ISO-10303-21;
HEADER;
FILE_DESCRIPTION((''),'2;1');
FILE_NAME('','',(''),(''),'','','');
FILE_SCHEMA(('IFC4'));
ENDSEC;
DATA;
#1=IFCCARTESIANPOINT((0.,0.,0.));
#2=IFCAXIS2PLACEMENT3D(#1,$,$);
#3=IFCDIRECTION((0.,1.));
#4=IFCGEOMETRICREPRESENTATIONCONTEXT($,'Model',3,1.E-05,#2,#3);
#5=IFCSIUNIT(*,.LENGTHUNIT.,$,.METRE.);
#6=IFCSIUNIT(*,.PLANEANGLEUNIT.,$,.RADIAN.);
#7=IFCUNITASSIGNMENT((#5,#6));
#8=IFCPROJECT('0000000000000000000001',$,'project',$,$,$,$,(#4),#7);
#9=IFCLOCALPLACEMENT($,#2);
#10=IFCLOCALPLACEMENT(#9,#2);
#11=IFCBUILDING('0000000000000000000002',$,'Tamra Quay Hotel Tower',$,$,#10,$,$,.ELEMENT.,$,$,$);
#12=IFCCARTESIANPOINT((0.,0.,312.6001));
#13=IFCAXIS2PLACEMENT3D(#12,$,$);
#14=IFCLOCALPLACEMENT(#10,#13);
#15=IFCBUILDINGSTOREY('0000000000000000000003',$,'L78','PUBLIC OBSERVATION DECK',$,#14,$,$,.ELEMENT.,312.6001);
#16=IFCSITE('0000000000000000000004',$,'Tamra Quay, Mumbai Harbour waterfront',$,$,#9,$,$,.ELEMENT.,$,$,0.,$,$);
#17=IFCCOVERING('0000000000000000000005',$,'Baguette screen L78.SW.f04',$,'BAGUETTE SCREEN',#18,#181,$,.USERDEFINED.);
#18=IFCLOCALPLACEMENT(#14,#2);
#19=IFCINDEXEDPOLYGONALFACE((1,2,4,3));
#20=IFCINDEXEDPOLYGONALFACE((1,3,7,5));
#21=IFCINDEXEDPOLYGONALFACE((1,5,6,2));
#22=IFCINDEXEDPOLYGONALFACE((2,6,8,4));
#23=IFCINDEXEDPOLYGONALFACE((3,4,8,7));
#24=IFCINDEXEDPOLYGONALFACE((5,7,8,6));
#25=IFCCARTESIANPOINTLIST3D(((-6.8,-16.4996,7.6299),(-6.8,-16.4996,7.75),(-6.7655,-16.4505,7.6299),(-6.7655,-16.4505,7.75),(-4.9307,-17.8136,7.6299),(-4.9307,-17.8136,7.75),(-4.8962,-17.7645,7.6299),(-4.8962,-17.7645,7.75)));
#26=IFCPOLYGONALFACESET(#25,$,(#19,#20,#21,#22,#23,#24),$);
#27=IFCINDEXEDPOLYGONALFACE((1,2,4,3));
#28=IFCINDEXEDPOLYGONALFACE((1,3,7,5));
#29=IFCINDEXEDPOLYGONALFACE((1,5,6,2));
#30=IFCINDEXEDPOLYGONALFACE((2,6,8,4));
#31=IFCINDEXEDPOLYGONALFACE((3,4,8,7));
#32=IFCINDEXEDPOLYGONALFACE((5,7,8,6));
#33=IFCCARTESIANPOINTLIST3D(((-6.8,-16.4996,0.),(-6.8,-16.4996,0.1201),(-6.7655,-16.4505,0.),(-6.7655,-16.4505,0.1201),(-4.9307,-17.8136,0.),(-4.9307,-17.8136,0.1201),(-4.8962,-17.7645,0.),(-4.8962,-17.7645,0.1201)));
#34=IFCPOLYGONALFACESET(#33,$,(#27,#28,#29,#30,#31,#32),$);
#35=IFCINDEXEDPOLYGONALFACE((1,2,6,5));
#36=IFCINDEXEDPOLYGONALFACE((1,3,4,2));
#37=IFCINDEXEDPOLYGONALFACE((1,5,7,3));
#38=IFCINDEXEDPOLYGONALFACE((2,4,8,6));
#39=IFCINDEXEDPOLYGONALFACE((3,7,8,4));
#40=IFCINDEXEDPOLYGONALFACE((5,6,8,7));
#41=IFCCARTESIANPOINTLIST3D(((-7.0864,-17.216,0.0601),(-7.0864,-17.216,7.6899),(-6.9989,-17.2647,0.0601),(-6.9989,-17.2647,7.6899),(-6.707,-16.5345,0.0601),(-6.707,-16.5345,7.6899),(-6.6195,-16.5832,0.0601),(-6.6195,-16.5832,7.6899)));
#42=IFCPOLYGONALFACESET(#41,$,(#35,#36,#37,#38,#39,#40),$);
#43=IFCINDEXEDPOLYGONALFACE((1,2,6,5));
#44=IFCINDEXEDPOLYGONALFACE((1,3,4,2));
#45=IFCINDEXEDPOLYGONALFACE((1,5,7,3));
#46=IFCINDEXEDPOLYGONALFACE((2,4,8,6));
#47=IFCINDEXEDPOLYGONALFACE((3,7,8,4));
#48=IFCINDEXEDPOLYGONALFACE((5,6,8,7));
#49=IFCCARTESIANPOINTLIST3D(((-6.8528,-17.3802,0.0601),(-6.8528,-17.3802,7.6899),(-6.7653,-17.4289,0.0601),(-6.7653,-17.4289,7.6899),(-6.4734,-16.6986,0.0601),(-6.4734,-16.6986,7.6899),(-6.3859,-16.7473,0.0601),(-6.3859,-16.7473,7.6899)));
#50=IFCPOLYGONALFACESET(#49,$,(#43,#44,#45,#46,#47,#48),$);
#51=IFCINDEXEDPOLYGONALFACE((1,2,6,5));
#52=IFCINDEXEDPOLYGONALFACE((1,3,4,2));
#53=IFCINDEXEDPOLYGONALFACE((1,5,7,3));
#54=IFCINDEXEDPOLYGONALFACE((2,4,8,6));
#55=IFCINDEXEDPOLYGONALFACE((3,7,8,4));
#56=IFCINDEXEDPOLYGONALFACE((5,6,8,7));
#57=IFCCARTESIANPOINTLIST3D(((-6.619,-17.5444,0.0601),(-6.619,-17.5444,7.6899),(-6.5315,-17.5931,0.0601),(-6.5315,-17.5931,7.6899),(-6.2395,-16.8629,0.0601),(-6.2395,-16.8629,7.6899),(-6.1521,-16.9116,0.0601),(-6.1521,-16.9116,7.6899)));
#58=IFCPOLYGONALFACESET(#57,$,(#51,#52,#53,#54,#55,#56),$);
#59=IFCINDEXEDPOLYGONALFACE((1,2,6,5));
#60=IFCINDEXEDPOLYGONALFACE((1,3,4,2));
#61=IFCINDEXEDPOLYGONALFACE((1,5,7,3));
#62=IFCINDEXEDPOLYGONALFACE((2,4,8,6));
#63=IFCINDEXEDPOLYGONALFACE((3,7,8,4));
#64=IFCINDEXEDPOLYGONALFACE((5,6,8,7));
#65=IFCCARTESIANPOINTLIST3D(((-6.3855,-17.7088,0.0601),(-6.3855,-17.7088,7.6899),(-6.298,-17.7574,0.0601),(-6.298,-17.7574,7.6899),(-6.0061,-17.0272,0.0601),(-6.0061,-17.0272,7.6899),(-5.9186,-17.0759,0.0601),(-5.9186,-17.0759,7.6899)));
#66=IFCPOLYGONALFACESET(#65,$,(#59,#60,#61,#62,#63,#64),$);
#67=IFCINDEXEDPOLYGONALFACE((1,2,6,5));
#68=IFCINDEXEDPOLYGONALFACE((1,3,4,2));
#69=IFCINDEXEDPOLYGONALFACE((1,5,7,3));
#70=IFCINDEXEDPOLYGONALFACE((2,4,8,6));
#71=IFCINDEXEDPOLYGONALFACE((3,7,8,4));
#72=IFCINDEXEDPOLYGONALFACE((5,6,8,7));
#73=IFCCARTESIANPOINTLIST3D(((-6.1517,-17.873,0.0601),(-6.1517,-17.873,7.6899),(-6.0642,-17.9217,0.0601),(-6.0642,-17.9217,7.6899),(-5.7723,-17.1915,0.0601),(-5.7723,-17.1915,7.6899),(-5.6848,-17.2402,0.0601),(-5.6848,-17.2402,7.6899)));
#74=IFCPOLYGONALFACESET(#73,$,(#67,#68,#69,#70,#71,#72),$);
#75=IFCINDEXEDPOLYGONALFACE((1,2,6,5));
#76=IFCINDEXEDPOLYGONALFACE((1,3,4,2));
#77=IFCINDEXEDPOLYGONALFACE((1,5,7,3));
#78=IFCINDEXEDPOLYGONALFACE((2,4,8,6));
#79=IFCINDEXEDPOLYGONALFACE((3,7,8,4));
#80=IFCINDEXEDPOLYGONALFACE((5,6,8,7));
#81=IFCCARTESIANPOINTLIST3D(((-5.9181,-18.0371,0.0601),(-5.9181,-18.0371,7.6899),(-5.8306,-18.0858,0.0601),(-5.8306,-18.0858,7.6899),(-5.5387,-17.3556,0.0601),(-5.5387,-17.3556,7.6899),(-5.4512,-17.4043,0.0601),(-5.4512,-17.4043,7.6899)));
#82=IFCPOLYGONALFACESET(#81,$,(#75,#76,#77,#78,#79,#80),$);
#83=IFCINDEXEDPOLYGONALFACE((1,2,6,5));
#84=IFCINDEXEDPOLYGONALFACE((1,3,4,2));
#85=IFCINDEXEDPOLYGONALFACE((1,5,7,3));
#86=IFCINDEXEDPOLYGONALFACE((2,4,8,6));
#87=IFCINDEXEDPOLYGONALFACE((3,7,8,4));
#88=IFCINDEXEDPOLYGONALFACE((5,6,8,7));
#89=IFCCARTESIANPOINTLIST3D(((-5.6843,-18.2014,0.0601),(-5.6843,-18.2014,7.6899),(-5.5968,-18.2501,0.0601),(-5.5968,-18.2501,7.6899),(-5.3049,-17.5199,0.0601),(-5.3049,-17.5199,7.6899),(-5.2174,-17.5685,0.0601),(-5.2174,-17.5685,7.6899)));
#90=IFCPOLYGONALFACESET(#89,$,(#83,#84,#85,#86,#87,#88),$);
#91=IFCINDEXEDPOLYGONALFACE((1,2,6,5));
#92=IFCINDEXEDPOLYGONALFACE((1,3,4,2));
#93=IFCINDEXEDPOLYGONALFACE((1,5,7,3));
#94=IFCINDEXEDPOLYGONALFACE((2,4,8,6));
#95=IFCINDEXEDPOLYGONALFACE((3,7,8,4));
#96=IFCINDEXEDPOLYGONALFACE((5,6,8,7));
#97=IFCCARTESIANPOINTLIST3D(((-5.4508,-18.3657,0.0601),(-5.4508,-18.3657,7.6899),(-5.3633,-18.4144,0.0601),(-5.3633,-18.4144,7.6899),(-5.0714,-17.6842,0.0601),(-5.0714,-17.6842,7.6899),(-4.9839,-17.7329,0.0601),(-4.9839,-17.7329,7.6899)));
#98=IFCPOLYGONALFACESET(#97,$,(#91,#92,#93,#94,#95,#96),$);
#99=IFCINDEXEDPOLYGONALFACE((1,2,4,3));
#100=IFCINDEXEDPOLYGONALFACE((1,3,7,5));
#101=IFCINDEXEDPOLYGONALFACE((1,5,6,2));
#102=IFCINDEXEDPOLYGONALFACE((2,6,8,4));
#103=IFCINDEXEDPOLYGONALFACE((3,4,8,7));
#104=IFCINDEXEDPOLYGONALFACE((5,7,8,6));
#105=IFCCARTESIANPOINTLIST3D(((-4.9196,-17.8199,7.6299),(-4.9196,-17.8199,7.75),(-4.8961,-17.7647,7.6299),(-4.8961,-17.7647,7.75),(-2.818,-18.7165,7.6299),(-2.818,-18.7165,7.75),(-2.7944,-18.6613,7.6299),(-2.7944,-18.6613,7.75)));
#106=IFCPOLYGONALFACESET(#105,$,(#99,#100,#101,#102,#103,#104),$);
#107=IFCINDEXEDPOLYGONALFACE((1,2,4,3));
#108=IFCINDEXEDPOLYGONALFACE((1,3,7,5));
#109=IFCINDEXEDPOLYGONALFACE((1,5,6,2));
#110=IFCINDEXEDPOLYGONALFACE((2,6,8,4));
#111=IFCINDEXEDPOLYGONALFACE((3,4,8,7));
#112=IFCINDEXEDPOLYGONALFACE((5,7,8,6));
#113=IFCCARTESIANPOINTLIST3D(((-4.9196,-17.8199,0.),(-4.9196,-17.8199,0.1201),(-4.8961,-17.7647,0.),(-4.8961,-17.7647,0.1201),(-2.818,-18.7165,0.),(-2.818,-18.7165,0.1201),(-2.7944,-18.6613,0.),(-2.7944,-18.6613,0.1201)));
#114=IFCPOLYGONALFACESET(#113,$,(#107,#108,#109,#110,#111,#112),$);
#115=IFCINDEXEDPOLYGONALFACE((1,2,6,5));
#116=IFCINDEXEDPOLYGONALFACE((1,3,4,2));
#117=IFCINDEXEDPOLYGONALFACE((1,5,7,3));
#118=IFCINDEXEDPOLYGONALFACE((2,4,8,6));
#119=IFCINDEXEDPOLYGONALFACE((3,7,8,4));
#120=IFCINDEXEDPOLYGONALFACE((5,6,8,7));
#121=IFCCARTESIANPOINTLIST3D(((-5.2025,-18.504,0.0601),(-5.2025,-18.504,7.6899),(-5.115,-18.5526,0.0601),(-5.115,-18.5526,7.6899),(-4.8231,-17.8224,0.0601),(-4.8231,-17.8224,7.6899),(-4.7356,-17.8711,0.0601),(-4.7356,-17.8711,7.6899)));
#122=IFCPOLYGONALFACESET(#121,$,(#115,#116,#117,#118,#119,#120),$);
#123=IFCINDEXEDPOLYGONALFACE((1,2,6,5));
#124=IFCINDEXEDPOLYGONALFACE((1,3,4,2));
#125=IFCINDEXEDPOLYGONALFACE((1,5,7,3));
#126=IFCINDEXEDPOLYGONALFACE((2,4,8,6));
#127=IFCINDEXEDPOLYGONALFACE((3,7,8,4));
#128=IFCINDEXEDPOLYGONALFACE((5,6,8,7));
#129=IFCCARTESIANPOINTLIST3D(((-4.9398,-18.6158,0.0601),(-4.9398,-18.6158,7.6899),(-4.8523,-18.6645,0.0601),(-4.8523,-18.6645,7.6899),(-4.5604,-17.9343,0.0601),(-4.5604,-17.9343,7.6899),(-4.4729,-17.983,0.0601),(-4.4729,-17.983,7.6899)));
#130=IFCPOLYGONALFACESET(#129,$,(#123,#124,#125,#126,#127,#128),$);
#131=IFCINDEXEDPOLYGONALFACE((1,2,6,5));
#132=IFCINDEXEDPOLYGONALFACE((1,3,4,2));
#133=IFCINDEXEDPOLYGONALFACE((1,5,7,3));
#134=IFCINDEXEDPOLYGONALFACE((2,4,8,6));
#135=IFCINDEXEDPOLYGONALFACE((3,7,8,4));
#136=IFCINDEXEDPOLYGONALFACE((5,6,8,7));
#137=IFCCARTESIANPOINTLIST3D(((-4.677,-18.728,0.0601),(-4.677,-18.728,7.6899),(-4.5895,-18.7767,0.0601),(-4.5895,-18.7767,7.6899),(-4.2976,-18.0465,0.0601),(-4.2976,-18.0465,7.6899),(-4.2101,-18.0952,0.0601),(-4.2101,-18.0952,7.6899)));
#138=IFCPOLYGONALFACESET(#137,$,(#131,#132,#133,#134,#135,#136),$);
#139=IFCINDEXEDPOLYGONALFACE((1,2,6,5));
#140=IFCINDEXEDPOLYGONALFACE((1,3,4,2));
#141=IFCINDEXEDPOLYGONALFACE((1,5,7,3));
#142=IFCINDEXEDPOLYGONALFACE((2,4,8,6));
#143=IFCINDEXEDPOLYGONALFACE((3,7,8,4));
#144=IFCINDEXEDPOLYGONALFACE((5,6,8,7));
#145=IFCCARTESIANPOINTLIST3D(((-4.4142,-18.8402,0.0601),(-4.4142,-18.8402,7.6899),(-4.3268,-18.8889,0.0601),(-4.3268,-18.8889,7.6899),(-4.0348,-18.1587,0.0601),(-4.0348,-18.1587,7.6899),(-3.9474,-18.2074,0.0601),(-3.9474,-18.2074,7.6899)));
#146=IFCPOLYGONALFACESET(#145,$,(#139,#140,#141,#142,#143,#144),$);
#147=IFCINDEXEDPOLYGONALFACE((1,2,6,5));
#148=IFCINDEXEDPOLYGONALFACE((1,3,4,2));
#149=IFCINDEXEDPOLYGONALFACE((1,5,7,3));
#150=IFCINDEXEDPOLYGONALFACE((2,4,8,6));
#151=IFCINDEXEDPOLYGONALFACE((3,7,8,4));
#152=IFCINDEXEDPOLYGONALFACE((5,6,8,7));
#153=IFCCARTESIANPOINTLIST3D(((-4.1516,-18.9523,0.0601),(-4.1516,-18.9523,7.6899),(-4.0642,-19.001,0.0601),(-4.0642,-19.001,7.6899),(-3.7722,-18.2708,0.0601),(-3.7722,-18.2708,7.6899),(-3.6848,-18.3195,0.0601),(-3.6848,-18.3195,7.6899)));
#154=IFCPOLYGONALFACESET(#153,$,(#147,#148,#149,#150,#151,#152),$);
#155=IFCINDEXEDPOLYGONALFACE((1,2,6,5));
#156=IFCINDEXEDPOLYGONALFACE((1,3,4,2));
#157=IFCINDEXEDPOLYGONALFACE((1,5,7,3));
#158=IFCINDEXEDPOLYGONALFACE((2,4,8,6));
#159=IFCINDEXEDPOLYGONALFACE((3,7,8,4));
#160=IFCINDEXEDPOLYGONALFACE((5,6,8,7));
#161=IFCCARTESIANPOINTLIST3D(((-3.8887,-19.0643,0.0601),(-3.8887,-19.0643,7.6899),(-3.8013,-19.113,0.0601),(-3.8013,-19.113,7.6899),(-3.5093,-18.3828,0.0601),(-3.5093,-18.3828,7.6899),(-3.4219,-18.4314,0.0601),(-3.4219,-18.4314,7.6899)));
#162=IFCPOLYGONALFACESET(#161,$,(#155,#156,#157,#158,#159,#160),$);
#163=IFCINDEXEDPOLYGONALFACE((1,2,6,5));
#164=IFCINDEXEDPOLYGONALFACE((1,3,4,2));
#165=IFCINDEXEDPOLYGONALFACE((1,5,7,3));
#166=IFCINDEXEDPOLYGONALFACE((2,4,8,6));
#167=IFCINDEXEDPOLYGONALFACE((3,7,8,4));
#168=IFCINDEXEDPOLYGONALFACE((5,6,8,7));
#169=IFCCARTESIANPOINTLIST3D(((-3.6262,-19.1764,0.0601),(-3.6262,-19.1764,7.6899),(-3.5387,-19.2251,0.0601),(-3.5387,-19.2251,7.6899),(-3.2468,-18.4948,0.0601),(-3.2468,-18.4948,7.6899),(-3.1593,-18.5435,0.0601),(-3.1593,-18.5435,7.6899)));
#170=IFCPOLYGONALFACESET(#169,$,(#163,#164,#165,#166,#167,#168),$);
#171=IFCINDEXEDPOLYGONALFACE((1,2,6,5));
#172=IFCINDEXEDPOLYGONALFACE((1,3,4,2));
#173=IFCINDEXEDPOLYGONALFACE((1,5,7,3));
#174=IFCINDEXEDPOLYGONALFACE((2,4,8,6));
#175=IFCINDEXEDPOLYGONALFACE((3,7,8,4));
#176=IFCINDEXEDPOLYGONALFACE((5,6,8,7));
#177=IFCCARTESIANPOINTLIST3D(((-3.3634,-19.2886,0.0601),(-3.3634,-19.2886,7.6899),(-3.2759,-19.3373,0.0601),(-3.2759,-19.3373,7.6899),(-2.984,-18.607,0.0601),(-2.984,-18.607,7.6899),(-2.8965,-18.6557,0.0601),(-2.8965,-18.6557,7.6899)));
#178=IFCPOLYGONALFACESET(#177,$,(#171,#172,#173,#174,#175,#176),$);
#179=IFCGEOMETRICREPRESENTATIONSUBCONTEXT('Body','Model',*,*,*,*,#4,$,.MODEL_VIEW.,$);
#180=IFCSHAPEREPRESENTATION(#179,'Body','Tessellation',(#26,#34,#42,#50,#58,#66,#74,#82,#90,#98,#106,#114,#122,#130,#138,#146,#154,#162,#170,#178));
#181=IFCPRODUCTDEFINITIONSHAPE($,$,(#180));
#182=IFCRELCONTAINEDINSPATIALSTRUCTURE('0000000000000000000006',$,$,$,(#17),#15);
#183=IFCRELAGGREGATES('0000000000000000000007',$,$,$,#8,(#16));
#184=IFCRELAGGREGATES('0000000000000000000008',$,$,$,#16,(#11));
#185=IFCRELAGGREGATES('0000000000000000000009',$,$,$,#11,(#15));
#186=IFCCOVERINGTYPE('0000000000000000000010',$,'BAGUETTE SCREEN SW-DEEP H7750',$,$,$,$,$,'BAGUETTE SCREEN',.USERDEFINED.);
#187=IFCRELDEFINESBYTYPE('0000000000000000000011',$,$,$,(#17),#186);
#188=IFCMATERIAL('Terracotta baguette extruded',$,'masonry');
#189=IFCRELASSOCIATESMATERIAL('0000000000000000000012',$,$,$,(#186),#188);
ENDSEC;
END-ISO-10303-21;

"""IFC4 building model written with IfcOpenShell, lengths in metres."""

from ifc_helpers import new_model, si_unit, direction, frame, frame_2d, origin, place, context, subcontext, project, spatial, rectangle, extrude, source, transform, mapped, material, type_object, element, save


model = new_model("IFC4")

# Units and contexts
model_context = context("Model", 3, precision=1e-05, world=origin(), true_north=direction((0.0, 1.0)))
body_context = subcontext(model_context, "Body", "Model", "MODEL_VIEW")
ifc_project = project(units=[si_unit("LENGTHUNIT", "METRE"), si_unit("PLANEANGLEUNIT", "RADIAN")], contexts=[model_context])

# Site, building, storey
site_placement = place(None, origin())
site = spatial("IfcSite", under=ifc_project, at=site_placement, Name="Tamra Quay, Mumbai Harbour waterfront", CompositionType="ELEMENT", RefElevation=0.0)
building_placement = place(site_placement, origin())
building = spatial("IfcBuilding", under=site, at=building_placement, Name="Tamra Quay Hotel Tower", CompositionType="ELEMENT")
storey_placement = place(building_placement, frame((0.0, 0.0, 312.6001)))
storey = spatial("IfcBuildingStorey", under=building, at=storey_placement, Name="L78", Description="PUBLIC OBSERVATION DECK", CompositionType="ELEMENT", Elevation=312.6001)

# Covering
ifc_material_1 = material(Name="Terracotta baguette extruded", Category="masonry")
covering_type_1 = type_object("IfcCoveringType", Name="BAGUETTE SCREEN SW-DEEP H7750", ElementType="BAGUETTE SCREEN", PredefinedType="USERDEFINED", material=ifc_material_1)
shared_shape_1 = source(origin(), body_context, "Body", "SweptSolid", [
    extrude(rectangle(XDim=2.2849, YDim=0.0601, at=frame_2d((1.1426, 0.03))), frame((-2.2788, -0.0576, -0.1201), z_axis=(0.0, 0.0, 1.0), x_axis=(0.994522, -0.104528, 0.0)), (0.0, 0.0, 1.0), 0.1201),
    extrude(rectangle(XDim=2.2849, YDim=0.0601, at=frame_2d((1.1426, 0.03))), frame((-2.2788, -0.0576, -7.75), z_axis=(0.0, 0.0, 1.0), x_axis=(0.994522, -0.104528, 0.0)), (0.0, 0.0, 1.0), 0.1201),
    extrude(rectangle(XDim=0.1001, YDim=0.78, at=frame_2d((0.05, 0.3901))), frame((-2.1804, -0.823, -7.6899)), (0.0, 0.0, 1.0), 7.6299),
    extrude(rectangle(XDim=0.1001, YDim=0.78, at=frame_2d((0.05, 0.3901))), frame((-1.8965, -0.8528, -7.6899)), (0.0, 0.0, 1.0), 7.6299),
    extrude(rectangle(XDim=0.1001, YDim=0.78, at=frame_2d((0.05, 0.3901))), frame((-1.6123, -0.8826, -7.6899)), (0.0, 0.0, 1.0), 7.6299),
    extrude(rectangle(XDim=0.1001, YDim=0.78, at=frame_2d((0.05, 0.3901))), frame((-1.3284, -0.9126, -7.6899)), (0.0, 0.0, 1.0), 7.6299),
    extrude(rectangle(XDim=0.1001, YDim=0.78, at=frame_2d((0.05, 0.3901))), frame((-1.0442, -0.9424, -7.6899)), (0.0, 0.0, 1.0), 7.6299),
    extrude(rectangle(XDim=0.1001, YDim=0.78, at=frame_2d((0.05, 0.3901))), frame((-0.7603, -0.9722, -7.6899)), (0.0, 0.0, 1.0), 7.6299),
    extrude(rectangle(XDim=0.1001, YDim=0.78, at=frame_2d((0.05, 0.3901))), frame((-0.4761, -1.002, -7.6899)), (0.0, 0.0, 1.0), 7.6299),
    extrude(rectangle(XDim=0.1001, YDim=0.78, at=frame_2d((0.05, 0.3901))), frame((-0.1921, -1.032, -7.6899)), (0.0, 0.0, 1.0), 7.6299),
    extrude(rectangle(XDim=2.2849, YDim=0.0601, at=frame_2d((1.1426, 0.03))), frame((0.0063, -0.2966, -0.1201), z_axis=(0.0, 0.0, 1.0), x_axis=(0.994522, 0.104528, 0.0)), (0.0, 0.0, 1.0), 0.1201),
    extrude(rectangle(XDim=2.2849, YDim=0.0601, at=frame_2d((1.1426, 0.03))), frame((0.0063, -0.2966, -7.75), z_axis=(0.0, 0.0, 1.0), x_axis=(0.994522, 0.104528, 0.0)), (0.0, 0.0, 1.0), 0.1201),
    extrude(rectangle(XDim=0.1001, YDim=0.78, at=frame_2d((0.05, 0.3901))), frame((0.092, -1.032, -7.6899)), (0.0, 0.0, 1.0), 7.6299),
    extrude(rectangle(XDim=0.1001, YDim=0.78, at=frame_2d((0.05, 0.3901))), frame((0.376, -1.002, -7.6899)), (0.0, 0.0, 1.0), 7.6299),
    extrude(rectangle(XDim=0.1001, YDim=0.78, at=frame_2d((0.05, 0.3901))), frame((0.6602, -0.9722, -7.6899)), (0.0, 0.0, 1.0), 7.6299),
    extrude(rectangle(XDim=0.1001, YDim=0.78, at=frame_2d((0.05, 0.3901))), frame((0.9443, -0.9424, -7.6899)), (0.0, 0.0, 1.0), 7.6299),
    extrude(rectangle(XDim=0.1001, YDim=0.78, at=frame_2d((0.05, 0.3901))), frame((1.2283, -0.9126, -7.6899)), (0.0, 0.0, 1.0), 7.6299),
    extrude(rectangle(XDim=0.1001, YDim=0.78, at=frame_2d((0.05, 0.3901))), frame((1.5125, -0.8826, -7.6899)), (0.0, 0.0, 1.0), 7.6299),
    extrude(rectangle(XDim=0.1001, YDim=0.78, at=frame_2d((0.05, 0.3901))), frame((1.7964, -0.8528, -7.6899)), (0.0, 0.0, 1.0), 7.6299),
    extrude(rectangle(XDim=0.1001, YDim=0.78, at=frame_2d((0.05, 0.3901))), frame((2.0806, -0.823, -7.6899)), (0.0, 0.0, 1.0), 7.6299),
])
for number, where, z_axis, x_axis, name in (
    (1, (-4.781, -17.5576, 7.75), (0.0, 0.0, 1.0), (0.873736, -0.486401, 0.0), "Baguette screen L78.SW.f04"),
):
    element("IfcCovering", number, at=place(storey_placement, frame(where, z_axis=z_axis, x_axis=x_axis)), inside=storey, type_object=covering_type_1, Name=name, ObjectType="BAGUETTE SCREEN", PredefinedType="USERDEFINED", context=body_context, shape_type="MappedRepresentation", body=[
        mapped(shared_shape_1, transform((0.0, 0.0, 0.0), scale=1.0)),
    ])

save(model, "model.ifc")
